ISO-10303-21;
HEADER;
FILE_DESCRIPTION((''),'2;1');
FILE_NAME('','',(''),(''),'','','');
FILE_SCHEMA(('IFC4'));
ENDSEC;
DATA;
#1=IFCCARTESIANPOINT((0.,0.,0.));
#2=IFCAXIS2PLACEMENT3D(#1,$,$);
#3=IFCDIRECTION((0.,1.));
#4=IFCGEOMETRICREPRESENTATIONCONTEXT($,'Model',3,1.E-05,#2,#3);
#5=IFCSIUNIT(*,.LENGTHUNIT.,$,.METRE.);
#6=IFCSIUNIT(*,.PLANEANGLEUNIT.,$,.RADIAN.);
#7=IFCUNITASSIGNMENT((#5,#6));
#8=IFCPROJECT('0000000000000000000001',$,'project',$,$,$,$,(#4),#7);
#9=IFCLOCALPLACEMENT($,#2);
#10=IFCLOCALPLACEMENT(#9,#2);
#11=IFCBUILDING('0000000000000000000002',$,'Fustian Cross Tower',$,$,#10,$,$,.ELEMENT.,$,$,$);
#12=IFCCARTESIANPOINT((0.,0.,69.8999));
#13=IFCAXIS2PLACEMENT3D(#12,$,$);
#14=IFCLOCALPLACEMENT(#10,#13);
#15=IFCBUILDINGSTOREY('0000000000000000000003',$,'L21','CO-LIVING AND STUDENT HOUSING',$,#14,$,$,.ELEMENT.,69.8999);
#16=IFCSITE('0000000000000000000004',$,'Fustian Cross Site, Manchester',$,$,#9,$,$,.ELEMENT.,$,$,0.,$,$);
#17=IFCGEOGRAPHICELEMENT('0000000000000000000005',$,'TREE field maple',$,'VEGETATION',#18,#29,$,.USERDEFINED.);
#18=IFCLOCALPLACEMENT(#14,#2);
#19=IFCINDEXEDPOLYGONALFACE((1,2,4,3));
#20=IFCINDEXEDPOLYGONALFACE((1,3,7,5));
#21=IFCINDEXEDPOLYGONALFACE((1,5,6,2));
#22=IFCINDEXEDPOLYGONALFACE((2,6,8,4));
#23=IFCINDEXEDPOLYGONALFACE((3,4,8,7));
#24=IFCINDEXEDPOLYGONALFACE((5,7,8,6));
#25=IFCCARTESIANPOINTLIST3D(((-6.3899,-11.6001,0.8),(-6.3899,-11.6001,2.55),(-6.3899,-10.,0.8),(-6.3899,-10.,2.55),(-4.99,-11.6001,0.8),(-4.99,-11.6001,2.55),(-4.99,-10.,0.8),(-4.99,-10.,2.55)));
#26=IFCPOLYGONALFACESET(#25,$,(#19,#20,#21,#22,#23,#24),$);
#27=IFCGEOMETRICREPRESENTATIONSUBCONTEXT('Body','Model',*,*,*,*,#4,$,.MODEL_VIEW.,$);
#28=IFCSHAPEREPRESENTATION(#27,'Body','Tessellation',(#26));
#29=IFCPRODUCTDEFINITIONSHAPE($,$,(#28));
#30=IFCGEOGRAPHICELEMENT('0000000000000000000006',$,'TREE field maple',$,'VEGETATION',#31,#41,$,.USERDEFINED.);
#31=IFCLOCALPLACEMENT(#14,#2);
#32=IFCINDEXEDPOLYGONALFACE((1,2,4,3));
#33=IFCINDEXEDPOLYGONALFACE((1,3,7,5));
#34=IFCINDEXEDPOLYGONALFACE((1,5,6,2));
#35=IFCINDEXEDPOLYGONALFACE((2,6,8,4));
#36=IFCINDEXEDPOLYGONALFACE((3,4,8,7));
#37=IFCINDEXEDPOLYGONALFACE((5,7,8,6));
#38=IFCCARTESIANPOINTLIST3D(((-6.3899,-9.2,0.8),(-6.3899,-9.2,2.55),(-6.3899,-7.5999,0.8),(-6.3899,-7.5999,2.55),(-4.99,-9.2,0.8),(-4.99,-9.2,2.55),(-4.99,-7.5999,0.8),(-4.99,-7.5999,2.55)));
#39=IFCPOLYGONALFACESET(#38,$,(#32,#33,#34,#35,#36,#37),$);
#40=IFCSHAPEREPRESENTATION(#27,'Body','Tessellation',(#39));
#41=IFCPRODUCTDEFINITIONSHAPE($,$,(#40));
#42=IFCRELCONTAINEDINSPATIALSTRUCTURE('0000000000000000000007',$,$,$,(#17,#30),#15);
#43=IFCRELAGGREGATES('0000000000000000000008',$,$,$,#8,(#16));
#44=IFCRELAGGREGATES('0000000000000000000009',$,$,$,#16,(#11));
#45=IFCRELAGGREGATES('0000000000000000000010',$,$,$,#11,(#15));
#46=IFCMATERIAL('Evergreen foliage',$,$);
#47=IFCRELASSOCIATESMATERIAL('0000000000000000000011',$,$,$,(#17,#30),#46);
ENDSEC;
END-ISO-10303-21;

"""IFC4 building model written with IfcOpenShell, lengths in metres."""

from ifc_helpers import new_model, si_unit, direction, frame, origin, origin_2d, place, context, subcontext, project, spatial, rectangle, extrude, material, element, save


model = new_model("IFC4")

# Units and contexts
model_context = context("Model", 3, precision=1e-05, world=origin(), true_north=direction((0.0, 1.0)))
body_context = subcontext(model_context, "Body", "Model", "MODEL_VIEW")
ifc_project = project(units=[si_unit("LENGTHUNIT", "METRE"), si_unit("PLANEANGLEUNIT", "RADIAN")], contexts=[model_context])

# Site, building, storey
site_placement = place(None, origin())
site = spatial("IfcSite", under=ifc_project, at=site_placement, Name="Fustian Cross Site, Manchester", CompositionType="ELEMENT", RefElevation=0.0)
building_placement = place(site_placement, origin())
building = spatial("IfcBuilding", under=site, at=building_placement, Name="Fustian Cross Tower", CompositionType="ELEMENT")
storey_placement = place(building_placement, frame((0.0, 0.0, 69.8999)))
storey = spatial("IfcBuildingStorey", under=building, at=storey_placement, Name="L21", Description="CO-LIVING AND STUDENT HOUSING", CompositionType="ELEMENT", Elevation=69.8999)

# Geographic elements
ifc_material_1 = material(Name="Evergreen foliage")
for number, where, z_axis, x_axis, name in (
    (1, (-5.6899, -10.8, 0.8), (0.0, 0.0, 1.0), (1.0, 0.0, 0.0), "TREE field maple"),
    (2, (-5.6899, -8.3999, 0.8), (0.0, 0.0, 1.0), (1.0, 0.0, 0.0), "TREE field maple"),
):
    element("IfcGeographicElement", number, at=place(storey_placement, frame(where, z_axis=z_axis, x_axis=x_axis)), inside=storey, material=ifc_material_1, Name=name, ObjectType="VEGETATION", PredefinedType="USERDEFINED", context=body_context, shape_type="SweptSolid", body=[
        extrude(rectangle(XDim=1.3999, YDim=1.6001, at=origin_2d()), origin(), (0.0, 0.0, 1.0), 1.75),
    ])

save(model, "model.ifc")
